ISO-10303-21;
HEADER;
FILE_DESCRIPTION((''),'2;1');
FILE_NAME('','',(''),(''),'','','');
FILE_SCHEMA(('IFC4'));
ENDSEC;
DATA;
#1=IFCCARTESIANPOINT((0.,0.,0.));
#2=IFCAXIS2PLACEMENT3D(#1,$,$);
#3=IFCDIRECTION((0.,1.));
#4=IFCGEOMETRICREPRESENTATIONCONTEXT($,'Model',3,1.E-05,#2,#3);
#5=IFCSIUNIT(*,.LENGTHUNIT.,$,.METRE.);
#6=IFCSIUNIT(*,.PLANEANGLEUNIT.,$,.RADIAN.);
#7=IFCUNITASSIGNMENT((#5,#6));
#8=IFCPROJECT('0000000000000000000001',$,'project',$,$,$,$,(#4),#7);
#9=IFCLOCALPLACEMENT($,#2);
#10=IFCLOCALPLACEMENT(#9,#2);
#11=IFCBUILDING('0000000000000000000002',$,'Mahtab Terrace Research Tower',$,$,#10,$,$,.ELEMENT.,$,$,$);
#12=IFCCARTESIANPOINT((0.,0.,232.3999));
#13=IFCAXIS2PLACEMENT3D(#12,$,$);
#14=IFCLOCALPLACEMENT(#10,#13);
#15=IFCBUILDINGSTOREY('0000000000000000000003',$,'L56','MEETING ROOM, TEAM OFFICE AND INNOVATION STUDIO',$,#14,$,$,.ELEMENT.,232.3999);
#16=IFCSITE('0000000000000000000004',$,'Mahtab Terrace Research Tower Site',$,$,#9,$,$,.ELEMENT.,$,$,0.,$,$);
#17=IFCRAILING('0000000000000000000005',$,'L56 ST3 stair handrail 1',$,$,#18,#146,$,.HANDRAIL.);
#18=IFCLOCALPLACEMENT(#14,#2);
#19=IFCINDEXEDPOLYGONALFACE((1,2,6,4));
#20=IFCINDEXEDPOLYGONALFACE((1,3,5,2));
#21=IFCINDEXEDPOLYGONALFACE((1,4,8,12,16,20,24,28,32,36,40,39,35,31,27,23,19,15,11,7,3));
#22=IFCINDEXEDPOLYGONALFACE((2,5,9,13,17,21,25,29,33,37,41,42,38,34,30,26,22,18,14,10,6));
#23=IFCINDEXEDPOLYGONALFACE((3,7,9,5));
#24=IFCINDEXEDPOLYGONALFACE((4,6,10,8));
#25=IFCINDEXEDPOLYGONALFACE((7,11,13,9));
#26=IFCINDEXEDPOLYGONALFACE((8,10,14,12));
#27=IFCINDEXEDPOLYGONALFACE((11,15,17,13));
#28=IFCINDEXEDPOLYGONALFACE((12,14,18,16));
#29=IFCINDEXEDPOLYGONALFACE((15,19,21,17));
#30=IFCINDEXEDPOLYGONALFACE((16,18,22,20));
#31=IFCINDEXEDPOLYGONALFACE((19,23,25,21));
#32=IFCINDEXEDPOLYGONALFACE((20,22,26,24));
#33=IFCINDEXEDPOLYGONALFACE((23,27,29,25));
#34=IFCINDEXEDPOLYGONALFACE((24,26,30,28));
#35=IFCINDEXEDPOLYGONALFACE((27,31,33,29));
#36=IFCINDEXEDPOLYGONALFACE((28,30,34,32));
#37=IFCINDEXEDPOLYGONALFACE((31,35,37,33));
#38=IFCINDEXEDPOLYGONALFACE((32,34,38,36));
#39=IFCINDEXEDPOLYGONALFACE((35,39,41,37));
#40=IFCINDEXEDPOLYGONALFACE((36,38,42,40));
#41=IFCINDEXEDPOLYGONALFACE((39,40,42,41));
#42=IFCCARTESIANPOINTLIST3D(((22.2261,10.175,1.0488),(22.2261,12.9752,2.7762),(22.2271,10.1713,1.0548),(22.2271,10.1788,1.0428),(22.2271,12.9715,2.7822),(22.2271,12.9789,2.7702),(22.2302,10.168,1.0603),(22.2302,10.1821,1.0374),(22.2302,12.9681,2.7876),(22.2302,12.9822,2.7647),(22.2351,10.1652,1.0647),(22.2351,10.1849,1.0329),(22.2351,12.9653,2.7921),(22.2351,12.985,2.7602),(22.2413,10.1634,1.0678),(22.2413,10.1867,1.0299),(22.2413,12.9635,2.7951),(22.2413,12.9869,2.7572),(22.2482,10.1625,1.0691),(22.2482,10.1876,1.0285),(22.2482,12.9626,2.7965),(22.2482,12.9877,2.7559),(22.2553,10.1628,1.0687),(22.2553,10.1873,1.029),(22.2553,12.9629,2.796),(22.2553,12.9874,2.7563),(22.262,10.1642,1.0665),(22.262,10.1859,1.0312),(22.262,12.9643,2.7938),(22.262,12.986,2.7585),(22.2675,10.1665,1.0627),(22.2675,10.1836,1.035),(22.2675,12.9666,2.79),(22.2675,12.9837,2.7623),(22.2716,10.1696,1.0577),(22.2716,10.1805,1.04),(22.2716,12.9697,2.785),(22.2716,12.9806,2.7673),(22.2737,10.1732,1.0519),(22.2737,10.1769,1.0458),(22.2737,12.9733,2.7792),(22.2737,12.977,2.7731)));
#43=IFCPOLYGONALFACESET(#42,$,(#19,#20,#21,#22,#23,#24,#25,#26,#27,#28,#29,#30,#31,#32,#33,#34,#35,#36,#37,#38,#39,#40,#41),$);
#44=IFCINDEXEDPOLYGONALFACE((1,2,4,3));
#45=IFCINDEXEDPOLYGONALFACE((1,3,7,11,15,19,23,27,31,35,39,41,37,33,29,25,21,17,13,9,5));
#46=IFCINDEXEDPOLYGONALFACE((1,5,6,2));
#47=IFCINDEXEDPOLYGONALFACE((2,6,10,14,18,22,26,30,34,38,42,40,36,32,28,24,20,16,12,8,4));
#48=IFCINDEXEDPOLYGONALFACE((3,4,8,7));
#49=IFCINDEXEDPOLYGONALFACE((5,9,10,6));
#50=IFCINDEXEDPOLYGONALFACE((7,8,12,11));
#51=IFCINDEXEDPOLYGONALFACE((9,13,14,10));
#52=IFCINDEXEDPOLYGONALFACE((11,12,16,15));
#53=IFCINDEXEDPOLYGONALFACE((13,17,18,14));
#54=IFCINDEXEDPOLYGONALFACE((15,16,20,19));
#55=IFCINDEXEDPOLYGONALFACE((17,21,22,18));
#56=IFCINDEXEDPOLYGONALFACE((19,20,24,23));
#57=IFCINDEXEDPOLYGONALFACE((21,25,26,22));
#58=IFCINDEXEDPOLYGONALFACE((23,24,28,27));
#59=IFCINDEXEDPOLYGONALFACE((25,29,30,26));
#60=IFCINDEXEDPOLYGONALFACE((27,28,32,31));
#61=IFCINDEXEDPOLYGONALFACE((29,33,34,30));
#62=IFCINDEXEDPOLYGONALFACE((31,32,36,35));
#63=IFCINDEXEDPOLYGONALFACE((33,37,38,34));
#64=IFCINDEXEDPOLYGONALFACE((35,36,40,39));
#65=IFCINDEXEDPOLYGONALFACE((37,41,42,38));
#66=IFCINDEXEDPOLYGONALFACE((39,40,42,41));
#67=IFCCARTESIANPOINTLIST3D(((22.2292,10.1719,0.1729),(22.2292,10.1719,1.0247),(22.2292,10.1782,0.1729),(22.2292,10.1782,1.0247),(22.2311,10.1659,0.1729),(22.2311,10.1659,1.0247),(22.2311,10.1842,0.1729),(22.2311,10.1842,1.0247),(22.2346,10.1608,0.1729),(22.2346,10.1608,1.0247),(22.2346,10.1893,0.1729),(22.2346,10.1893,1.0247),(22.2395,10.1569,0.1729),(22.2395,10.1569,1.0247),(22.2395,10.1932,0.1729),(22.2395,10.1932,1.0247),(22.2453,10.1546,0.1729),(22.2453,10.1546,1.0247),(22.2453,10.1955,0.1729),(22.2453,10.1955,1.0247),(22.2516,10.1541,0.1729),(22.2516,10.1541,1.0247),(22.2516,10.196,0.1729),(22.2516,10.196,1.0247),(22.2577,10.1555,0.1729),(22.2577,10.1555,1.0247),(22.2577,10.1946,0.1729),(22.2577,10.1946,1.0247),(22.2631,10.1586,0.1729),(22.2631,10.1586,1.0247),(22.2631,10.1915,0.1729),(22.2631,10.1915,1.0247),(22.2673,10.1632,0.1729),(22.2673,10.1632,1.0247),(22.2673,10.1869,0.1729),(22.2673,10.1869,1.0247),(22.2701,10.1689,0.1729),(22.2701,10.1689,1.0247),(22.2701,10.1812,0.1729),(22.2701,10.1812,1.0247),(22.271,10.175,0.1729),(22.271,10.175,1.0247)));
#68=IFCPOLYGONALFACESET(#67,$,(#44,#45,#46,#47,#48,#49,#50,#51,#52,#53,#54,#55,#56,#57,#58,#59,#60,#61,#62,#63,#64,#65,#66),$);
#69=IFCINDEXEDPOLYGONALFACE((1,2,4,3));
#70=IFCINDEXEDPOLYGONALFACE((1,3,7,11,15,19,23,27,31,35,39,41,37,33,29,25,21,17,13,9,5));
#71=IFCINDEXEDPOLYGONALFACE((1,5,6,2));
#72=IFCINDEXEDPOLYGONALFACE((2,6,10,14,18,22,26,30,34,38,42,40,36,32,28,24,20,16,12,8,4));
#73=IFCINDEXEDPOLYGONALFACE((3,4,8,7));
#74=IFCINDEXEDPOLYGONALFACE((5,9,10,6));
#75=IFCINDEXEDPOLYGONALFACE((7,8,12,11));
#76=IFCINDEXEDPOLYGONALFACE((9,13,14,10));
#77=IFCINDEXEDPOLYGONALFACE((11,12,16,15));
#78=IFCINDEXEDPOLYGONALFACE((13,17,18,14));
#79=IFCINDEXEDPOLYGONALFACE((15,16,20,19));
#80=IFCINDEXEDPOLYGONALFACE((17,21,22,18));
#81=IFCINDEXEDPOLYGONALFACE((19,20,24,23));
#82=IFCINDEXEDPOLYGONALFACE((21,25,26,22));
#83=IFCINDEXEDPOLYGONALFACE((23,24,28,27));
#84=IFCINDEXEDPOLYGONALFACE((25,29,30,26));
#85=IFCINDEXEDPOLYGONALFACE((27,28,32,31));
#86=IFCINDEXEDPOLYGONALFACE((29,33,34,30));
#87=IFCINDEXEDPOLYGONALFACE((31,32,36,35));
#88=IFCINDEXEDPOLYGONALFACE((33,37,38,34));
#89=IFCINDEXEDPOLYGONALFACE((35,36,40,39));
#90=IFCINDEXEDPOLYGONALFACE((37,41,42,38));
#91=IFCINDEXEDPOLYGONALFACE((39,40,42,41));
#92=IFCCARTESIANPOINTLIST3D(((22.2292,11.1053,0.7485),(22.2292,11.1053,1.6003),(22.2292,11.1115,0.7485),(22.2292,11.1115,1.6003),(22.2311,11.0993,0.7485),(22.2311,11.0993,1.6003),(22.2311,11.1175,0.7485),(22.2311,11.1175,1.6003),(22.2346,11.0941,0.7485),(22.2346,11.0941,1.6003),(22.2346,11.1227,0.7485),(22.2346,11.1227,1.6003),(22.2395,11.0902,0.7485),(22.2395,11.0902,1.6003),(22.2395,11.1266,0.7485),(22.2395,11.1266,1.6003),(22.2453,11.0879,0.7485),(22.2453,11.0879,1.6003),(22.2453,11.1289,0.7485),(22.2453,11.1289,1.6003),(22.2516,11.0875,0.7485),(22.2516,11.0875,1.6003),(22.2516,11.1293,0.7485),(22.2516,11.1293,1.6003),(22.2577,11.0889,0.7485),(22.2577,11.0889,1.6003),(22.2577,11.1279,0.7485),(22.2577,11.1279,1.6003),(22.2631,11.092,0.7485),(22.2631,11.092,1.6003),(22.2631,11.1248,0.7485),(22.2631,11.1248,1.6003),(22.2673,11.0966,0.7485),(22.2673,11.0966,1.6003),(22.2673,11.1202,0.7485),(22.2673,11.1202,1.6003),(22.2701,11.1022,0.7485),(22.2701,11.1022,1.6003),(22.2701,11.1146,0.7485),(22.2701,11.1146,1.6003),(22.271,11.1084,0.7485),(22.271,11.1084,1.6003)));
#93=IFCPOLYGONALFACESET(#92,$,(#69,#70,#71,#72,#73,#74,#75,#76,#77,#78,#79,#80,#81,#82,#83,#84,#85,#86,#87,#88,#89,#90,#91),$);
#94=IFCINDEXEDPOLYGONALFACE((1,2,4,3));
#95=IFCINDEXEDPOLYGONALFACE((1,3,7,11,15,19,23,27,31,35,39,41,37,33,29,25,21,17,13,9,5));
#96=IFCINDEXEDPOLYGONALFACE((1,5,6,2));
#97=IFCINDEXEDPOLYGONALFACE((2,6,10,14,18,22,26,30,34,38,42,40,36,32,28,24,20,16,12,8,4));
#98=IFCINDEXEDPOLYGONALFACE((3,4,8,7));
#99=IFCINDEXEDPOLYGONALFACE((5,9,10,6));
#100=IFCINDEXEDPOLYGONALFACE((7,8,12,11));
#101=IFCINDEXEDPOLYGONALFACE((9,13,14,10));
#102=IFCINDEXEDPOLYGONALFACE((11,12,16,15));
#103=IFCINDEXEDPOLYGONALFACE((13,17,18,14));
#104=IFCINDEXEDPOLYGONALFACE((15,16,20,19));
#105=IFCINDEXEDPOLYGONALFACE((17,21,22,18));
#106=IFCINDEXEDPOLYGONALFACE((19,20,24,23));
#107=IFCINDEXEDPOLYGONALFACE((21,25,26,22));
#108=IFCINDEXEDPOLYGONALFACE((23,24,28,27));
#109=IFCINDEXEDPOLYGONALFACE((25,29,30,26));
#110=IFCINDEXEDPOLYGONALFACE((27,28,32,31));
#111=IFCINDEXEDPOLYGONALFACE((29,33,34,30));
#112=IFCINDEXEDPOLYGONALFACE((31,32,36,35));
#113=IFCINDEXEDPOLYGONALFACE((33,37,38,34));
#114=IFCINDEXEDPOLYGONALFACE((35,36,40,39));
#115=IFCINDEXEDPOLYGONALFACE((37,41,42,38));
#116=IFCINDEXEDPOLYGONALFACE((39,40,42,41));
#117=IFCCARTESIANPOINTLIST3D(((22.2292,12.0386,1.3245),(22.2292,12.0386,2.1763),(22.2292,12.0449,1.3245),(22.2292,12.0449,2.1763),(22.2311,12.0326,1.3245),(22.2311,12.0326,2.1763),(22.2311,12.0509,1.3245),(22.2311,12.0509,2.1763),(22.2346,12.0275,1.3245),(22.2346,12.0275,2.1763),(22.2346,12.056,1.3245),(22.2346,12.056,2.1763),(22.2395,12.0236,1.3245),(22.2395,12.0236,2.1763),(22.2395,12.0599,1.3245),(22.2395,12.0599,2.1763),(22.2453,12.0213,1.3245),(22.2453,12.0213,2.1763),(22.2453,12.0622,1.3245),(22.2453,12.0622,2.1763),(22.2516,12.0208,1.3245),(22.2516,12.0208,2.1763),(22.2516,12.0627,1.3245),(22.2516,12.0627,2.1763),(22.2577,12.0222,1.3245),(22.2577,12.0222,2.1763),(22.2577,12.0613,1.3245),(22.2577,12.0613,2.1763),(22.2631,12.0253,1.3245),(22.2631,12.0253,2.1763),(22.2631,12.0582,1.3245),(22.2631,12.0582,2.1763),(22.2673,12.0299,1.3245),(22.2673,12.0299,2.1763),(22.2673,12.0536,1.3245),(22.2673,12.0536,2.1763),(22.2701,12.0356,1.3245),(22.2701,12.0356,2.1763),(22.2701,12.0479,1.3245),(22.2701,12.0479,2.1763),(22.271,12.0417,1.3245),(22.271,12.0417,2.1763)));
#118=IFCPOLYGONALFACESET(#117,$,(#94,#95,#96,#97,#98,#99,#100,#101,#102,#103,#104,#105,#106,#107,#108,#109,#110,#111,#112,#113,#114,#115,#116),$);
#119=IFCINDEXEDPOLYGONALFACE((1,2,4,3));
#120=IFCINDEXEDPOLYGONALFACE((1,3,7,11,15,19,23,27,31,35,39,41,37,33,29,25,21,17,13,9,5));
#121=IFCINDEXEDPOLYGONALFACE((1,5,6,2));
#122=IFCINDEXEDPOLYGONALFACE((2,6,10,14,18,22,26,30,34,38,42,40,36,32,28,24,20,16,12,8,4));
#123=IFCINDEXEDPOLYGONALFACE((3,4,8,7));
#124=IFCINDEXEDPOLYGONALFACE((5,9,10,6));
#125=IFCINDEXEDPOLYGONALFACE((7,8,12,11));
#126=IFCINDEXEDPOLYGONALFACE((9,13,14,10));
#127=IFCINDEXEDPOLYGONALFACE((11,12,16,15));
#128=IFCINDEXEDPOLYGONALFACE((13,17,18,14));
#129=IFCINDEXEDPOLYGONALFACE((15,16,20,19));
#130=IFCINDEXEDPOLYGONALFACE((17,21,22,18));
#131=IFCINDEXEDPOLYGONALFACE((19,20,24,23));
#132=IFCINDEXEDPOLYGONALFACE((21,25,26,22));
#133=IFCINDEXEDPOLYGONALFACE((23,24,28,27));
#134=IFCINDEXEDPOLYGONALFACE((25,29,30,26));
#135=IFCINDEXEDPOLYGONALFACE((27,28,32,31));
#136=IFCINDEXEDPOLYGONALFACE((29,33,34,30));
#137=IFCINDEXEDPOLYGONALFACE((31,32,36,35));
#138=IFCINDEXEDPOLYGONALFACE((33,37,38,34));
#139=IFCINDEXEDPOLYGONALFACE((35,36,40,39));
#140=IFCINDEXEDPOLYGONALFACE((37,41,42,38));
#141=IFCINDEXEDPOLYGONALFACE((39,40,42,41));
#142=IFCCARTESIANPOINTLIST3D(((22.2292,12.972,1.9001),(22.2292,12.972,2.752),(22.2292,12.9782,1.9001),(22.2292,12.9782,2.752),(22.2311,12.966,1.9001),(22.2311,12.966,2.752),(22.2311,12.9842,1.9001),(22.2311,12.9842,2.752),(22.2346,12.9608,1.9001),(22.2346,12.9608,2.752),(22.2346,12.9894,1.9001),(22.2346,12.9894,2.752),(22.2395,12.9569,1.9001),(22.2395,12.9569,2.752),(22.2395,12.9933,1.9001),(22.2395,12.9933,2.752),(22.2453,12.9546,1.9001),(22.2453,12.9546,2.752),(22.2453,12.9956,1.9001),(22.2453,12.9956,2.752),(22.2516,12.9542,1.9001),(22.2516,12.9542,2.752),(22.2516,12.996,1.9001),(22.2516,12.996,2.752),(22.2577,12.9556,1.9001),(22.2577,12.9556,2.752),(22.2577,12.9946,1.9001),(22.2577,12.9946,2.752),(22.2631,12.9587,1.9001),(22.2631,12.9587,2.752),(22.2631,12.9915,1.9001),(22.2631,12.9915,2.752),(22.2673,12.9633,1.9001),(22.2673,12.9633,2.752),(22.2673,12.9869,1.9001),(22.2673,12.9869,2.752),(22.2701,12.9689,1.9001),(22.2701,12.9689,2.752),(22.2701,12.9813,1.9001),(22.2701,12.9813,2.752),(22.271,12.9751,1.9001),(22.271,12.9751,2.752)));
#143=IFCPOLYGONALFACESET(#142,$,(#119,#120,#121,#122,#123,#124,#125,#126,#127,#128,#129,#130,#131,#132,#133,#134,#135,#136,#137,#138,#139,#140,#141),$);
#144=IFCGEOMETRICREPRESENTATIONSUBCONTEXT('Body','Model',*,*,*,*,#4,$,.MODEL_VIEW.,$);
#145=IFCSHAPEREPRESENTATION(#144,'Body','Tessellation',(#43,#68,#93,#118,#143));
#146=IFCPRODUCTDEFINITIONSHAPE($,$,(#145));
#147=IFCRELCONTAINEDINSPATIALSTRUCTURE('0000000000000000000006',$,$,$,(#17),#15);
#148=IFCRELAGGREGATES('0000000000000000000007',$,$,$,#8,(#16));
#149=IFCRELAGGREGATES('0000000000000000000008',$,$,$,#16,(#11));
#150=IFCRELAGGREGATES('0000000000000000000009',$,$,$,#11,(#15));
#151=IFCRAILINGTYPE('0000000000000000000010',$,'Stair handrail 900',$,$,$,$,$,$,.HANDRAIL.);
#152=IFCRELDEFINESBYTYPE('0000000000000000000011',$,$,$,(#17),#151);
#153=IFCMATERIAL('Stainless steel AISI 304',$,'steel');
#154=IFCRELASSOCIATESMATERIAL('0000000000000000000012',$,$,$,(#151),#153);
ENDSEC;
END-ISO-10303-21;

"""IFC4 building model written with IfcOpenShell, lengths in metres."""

from ifc_helpers import new_model, si_unit, direction, frame, origin, origin_2d, place, context, subcontext, project, spatial, circle, extrude, material, type_object, element, save


model = new_model("IFC4")

# Units and contexts
model_context = context("Model", 3, precision=1e-05, world=origin(), true_north=direction((0.0, 1.0)))
body_context = subcontext(model_context, "Body", "Model", "MODEL_VIEW")
ifc_project = project(units=[si_unit("LENGTHUNIT", "METRE"), si_unit("PLANEANGLEUNIT", "RADIAN")], contexts=[model_context])

# Site, building, storey
site_placement = place(None, origin())
site = spatial("IfcSite", under=ifc_project, at=site_placement, Name="Mahtab Terrace Research Tower Site", CompositionType="ELEMENT", RefElevation=0.0)
building_placement = place(site_placement, origin())
building = spatial("IfcBuilding", under=site, at=building_placement, Name="Mahtab Terrace Research Tower", CompositionType="ELEMENT")
storey_placement = place(building_placement, frame((0.0, 0.0, 232.3999)))
storey = spatial("IfcBuildingStorey", under=building, at=storey_placement, Name="L56", Description="MEETING ROOM, TEAM OFFICE AND INNOVATION STUDIO", CompositionType="ELEMENT", Elevation=232.3999)

# Shared definitions
ifc_material_1 = material(Name="Stainless steel AISI 304", Category="steel")

# Railing
railing_type_1 = type_object("IfcRailingType", Name="Stair handrail 900", PredefinedType="HANDRAIL", material=ifc_material_1)
railing_1_placement = place(storey_placement, frame((22.25, 10.175, 0.1729)))
element("IfcRailing", 1, at=railing_1_placement, inside=storey, type_object=railing_type_1, Name="L56 ST3 stair handrail 1", PredefinedType="HANDRAIL", context=body_context, shape_type="SweptSolid", body=[
    extrude(circle(Radius=0.0239, at=origin_2d()), frame((0.0, 0.0, 0.876), z_axis=(0.0, 0.85109, 0.52502), x_axis=(-1.0, 0.0, 0.0)), (0.0, 0.0, 1.0), 3.29),
    extrude(circle(Radius=0.021, at=origin_2d()), origin(), (0.0, 0.0, 1.0), 0.8518),
    extrude(circle(Radius=0.021, at=origin_2d()), frame((0.0, 0.9333, 0.5757)), (0.0, 0.0, 1.0), 0.8518),
    extrude(circle(Radius=0.021, at=origin_2d()), frame((0.0, 1.8667, 1.1516)), (0.0, 0.0, 1.0), 0.8518),
    extrude(circle(Radius=0.021, at=origin_2d()), frame((0.0, 2.8, 1.7273)), (0.0, 0.0, 1.0), 0.8518),
])

save(model, "model.ifc")
